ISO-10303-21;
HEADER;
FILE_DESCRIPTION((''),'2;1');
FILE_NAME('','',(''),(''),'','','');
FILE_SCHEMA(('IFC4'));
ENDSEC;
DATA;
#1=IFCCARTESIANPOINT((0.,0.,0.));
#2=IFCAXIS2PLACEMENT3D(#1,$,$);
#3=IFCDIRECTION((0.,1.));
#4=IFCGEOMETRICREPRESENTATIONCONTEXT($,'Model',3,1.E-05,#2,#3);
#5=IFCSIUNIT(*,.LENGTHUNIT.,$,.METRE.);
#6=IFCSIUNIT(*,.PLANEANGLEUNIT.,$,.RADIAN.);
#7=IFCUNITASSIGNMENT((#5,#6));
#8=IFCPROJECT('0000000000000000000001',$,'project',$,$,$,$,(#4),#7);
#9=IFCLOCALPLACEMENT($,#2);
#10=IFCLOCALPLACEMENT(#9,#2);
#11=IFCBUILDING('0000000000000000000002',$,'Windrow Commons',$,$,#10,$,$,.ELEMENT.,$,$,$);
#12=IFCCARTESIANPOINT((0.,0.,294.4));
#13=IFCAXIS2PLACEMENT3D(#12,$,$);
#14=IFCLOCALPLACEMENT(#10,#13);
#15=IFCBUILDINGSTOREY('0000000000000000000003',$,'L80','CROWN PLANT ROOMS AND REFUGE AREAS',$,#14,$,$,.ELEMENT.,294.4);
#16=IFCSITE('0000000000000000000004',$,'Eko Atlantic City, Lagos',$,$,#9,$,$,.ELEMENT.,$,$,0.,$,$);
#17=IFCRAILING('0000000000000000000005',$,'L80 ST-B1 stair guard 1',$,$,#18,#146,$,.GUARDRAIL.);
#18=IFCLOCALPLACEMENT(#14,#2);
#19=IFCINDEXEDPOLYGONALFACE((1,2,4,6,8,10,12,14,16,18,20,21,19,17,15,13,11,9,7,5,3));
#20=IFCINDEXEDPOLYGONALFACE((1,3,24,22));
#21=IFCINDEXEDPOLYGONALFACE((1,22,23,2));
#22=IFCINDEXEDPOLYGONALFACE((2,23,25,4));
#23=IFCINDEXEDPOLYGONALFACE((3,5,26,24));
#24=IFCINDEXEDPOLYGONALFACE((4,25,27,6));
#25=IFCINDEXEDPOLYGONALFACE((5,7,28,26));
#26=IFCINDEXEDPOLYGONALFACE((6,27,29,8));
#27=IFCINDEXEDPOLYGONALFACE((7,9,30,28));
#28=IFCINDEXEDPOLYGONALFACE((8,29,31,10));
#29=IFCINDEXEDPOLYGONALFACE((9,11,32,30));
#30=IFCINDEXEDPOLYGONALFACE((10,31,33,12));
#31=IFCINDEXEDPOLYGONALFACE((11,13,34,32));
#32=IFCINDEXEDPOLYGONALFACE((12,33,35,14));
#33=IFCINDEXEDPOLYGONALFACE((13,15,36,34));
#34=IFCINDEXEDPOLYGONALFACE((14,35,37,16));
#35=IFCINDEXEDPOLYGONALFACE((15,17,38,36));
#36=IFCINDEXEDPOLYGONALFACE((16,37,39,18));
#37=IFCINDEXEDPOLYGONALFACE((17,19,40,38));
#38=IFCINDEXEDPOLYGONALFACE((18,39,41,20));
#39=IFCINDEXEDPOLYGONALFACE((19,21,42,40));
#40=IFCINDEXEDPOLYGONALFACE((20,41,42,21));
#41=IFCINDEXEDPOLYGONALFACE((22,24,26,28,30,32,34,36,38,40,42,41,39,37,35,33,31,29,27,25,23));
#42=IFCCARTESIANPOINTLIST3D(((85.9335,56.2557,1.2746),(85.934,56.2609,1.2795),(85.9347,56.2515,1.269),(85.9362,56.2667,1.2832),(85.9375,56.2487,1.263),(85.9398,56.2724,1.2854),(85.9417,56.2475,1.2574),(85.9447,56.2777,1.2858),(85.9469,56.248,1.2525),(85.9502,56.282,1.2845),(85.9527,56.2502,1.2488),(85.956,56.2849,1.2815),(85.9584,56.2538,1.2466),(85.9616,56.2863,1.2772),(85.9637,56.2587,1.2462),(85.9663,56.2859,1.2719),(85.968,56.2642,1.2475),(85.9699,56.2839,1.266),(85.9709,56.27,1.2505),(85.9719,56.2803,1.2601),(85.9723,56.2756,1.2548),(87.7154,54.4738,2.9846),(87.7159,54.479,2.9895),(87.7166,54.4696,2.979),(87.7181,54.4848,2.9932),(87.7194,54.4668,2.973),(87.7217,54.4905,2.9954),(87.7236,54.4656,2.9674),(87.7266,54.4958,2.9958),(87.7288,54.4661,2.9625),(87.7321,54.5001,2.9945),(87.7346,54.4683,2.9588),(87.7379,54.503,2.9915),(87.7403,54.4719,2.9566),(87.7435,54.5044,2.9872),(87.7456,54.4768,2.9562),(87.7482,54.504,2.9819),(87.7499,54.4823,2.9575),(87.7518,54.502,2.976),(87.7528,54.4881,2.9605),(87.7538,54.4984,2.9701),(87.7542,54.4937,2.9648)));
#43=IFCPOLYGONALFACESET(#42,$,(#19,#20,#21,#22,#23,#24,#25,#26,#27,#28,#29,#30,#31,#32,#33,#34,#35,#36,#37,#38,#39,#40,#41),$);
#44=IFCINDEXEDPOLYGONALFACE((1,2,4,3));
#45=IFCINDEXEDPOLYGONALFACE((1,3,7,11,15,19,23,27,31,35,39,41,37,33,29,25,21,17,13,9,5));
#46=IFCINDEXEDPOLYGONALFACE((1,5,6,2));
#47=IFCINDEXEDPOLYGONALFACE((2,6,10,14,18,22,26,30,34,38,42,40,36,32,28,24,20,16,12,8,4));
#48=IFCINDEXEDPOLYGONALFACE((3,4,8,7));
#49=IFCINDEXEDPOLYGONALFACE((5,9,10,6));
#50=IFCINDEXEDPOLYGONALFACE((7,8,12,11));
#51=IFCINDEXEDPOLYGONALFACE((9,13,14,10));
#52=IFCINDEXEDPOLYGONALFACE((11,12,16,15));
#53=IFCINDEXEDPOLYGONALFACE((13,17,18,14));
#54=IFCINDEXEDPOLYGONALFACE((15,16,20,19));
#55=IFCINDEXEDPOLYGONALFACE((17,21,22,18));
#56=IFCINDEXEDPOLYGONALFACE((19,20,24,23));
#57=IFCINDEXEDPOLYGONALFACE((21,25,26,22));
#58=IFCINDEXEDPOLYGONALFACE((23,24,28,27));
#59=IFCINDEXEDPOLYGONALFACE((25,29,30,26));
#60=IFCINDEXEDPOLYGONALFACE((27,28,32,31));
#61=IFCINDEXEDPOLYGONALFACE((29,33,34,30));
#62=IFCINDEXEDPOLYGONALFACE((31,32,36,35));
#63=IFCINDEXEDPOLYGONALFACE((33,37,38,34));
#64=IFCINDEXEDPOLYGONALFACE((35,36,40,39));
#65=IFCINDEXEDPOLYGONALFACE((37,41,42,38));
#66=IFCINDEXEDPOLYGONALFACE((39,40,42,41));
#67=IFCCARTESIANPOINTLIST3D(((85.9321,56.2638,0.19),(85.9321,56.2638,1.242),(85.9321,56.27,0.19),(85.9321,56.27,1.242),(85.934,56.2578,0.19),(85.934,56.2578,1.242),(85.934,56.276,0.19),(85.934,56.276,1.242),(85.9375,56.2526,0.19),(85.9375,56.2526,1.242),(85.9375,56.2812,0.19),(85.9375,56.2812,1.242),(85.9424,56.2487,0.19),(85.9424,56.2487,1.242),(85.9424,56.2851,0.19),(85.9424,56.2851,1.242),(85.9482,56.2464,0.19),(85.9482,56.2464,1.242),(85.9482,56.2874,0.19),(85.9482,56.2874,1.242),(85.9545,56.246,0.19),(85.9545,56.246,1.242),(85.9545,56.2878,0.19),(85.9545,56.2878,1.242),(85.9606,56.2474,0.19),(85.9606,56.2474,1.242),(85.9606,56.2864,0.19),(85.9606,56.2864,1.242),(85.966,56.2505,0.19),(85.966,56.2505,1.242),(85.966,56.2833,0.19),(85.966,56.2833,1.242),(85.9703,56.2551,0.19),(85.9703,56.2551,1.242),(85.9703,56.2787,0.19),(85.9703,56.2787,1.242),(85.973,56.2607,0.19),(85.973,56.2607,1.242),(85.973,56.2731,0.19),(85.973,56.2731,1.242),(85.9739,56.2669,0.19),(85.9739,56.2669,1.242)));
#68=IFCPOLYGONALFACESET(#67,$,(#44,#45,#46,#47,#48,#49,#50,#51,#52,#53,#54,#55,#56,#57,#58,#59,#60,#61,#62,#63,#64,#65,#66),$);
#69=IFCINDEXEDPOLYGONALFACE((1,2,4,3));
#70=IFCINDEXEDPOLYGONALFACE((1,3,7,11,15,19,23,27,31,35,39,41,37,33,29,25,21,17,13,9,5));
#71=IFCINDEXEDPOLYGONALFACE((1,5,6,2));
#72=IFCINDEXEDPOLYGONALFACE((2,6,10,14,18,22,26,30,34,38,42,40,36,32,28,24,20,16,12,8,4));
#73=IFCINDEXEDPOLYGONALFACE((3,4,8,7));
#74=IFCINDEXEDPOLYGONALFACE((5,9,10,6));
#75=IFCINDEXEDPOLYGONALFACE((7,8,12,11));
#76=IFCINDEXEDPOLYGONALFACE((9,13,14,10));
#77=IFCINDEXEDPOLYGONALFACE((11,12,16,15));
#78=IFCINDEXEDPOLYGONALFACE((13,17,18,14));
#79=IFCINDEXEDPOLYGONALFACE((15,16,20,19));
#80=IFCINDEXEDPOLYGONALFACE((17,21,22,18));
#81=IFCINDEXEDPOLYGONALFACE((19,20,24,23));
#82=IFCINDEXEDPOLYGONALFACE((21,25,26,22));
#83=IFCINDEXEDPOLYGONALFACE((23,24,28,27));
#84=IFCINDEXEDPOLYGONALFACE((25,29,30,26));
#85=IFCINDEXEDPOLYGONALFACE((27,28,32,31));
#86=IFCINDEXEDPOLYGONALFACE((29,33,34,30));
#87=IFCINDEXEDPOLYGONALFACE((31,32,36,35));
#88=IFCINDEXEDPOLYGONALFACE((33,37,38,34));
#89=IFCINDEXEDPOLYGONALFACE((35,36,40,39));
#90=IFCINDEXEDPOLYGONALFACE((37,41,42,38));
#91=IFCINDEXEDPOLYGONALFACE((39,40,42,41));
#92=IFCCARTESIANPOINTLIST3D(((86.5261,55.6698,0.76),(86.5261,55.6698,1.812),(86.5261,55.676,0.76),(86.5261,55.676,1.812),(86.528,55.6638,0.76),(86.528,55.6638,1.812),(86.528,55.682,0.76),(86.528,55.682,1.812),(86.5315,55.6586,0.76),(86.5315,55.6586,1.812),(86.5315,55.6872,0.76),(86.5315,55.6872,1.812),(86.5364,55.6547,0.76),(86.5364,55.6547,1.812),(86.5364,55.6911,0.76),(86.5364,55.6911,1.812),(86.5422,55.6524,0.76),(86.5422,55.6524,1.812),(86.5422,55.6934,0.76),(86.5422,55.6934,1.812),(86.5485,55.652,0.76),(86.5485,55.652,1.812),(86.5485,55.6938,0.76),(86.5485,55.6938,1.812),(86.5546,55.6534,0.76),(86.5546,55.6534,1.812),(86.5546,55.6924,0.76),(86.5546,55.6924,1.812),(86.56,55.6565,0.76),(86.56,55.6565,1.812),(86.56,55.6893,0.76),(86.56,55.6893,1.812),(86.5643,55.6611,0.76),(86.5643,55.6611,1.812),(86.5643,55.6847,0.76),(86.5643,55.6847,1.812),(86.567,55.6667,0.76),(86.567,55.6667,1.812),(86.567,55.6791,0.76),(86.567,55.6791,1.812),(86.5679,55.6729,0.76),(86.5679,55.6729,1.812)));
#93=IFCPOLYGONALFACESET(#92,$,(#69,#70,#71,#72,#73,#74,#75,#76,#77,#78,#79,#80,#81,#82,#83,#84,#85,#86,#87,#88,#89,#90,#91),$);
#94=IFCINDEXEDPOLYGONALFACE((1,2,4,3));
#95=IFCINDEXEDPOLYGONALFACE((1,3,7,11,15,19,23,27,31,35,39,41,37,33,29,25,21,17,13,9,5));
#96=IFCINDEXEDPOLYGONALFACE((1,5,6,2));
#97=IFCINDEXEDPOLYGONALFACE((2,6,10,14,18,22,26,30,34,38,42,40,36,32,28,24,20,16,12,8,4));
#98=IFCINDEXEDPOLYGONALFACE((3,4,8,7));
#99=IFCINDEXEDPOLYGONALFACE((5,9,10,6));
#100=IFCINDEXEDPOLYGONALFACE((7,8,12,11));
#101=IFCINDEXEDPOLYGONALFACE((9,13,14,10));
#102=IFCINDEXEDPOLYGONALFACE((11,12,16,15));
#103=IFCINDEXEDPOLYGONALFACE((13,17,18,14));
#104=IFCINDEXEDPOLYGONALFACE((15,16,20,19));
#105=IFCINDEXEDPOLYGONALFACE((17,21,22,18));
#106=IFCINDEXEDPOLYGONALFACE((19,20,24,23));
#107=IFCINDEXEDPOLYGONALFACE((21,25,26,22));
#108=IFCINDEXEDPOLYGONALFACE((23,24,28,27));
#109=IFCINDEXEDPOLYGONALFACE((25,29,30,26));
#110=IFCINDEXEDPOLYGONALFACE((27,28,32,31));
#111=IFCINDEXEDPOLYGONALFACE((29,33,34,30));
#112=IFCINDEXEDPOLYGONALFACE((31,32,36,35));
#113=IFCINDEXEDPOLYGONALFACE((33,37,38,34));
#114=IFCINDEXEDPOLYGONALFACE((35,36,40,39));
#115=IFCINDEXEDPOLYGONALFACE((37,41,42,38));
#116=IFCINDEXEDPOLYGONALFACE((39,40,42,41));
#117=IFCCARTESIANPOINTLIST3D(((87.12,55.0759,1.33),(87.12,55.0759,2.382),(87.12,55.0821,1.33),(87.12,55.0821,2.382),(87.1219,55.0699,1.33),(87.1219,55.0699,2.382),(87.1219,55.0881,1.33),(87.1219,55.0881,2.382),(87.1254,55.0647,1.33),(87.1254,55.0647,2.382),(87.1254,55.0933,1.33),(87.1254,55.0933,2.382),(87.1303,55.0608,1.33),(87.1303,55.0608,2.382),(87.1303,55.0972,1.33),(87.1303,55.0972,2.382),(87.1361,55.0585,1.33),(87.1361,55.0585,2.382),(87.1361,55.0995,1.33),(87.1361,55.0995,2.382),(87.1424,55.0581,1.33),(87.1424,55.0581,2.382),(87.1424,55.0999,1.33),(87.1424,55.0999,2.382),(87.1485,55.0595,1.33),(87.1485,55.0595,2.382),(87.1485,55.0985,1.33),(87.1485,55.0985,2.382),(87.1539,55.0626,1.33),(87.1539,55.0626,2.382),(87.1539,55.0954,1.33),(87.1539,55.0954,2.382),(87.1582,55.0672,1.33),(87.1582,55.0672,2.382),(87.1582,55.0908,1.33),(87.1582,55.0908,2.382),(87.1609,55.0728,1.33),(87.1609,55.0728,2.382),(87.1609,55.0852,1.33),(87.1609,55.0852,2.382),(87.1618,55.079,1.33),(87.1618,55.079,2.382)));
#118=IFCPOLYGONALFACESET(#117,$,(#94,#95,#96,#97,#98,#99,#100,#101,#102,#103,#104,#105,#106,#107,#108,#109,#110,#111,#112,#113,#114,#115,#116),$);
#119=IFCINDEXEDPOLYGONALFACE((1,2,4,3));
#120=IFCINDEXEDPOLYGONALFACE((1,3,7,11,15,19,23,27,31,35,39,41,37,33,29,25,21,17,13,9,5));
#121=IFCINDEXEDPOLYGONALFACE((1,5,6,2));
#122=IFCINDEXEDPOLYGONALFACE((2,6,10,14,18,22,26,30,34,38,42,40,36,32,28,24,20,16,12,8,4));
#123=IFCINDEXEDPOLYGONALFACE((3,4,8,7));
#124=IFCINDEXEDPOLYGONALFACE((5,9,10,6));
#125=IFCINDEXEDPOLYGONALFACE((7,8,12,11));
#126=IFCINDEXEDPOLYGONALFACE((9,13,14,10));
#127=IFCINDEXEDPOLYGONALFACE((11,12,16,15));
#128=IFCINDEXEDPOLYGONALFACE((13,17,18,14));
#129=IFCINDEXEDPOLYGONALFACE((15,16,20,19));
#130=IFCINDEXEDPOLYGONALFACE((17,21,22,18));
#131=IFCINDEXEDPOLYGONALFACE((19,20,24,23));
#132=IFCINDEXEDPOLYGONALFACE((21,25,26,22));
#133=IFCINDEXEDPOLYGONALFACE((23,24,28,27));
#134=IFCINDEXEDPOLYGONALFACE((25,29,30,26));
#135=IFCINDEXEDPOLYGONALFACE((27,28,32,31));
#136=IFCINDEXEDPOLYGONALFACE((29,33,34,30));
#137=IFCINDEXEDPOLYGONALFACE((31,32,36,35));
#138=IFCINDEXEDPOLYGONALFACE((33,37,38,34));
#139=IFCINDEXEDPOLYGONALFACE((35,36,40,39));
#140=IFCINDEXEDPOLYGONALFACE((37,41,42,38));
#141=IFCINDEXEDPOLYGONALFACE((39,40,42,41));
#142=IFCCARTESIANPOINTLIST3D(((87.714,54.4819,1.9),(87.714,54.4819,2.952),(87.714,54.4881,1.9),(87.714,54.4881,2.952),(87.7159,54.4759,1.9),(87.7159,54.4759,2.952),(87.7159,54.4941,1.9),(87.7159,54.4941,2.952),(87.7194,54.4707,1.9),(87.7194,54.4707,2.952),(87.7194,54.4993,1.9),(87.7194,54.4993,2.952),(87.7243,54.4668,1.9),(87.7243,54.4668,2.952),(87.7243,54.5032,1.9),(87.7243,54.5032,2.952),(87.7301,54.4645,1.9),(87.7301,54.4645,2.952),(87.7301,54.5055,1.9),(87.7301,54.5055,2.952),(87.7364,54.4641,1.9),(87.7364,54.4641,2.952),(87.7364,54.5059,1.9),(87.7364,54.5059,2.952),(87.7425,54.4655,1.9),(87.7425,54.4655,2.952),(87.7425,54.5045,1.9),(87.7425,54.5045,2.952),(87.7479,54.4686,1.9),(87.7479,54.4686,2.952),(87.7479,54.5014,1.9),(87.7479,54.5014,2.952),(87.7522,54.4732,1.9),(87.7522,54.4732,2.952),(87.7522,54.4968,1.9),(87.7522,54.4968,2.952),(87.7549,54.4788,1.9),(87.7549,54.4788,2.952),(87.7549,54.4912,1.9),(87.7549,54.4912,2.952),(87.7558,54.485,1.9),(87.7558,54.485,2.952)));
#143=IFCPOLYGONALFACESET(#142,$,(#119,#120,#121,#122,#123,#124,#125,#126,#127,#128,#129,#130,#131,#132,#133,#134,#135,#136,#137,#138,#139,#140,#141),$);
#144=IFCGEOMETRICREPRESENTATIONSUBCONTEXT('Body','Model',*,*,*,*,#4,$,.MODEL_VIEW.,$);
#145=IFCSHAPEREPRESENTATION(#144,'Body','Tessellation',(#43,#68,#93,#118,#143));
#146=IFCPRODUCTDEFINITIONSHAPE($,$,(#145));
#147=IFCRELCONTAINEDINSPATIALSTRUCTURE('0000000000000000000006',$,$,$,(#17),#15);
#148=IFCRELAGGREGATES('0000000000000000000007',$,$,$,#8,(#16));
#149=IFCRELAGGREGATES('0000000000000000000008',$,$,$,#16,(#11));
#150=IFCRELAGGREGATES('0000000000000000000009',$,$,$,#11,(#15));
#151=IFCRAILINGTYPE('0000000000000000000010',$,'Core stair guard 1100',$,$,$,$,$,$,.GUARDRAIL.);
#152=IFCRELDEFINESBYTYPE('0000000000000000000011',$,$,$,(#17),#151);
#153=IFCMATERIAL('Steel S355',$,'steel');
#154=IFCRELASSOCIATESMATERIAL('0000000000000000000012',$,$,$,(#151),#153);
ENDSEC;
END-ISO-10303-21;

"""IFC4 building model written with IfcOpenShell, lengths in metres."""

from ifc_helpers import new_model, si_unit, direction, frame, origin, origin_2d, place, context, subcontext, project, spatial, circle, extrude, material, type_object, element, save


model = new_model("IFC4")

# Units and contexts
model_context = context("Model", 3, precision=1e-05, world=origin(), true_north=direction((0.0, 1.0)))
body_context = subcontext(model_context, "Body", "Model", "MODEL_VIEW")
ifc_project = project(units=[si_unit("LENGTHUNIT", "METRE"), si_unit("PLANEANGLEUNIT", "RADIAN")], contexts=[model_context])

# Site, building, storey
site_placement = place(None, origin())
site = spatial("IfcSite", under=ifc_project, at=site_placement, Name="Eko Atlantic City, Lagos", CompositionType="ELEMENT", RefElevation=0.0)
building_placement = place(site_placement, origin())
building = spatial("IfcBuilding", under=site, at=building_placement, Name="Windrow Commons", CompositionType="ELEMENT")
storey_placement = place(building_placement, frame((0.0, 0.0, 294.4)))
storey = spatial("IfcBuildingStorey", under=building, at=storey_placement, Name="L80", Description="CROWN PLANT ROOMS AND REFUGE AREAS", CompositionType="ELEMENT", Elevation=294.4)

# Railing
ifc_material_1 = material(Name="Steel S355", Category="steel")
railing_type = type_object("IfcRailingType", Name="Core stair guard 1100", PredefinedType="GUARDRAIL", material=ifc_material_1)
railing_1_placement = place(storey_placement, frame((85.9529, 56.2669, 0.19)))
element("IfcRailing", 1, at=railing_1_placement, inside=storey, type_object=railing_type, Name="L80 ST-B1 stair guard 1", PredefinedType="GUARDRAIL", context=body_context, shape_type="SweptSolid", body=[
    extrude(circle(Radius=0.024, at=origin_2d()), frame((0.0, 0.0, 1.076), z_axis=(0.585113, -0.585113, 0.561503), x_axis=(0.707107, 0.707107, 0.0)), (0.0, 0.0, 1.0), 3.0454),
    extrude(circle(Radius=0.021, at=origin_2d()), origin(), (0.0, 0.0, 1.0), 1.052),
    extrude(circle(Radius=0.021, at=origin_2d()), frame((0.594, -0.594, 0.57)), (0.0, 0.0, 1.0), 1.052),
    extrude(circle(Radius=0.021, at=origin_2d()), frame((1.1879, -1.1879, 1.14)), (0.0, 0.0, 1.0), 1.052),
    extrude(circle(Radius=0.021, at=origin_2d()), frame((1.7819, -1.7819, 1.71)), (0.0, 0.0, 1.0), 1.052),
])

save(model, "model.ifc")
